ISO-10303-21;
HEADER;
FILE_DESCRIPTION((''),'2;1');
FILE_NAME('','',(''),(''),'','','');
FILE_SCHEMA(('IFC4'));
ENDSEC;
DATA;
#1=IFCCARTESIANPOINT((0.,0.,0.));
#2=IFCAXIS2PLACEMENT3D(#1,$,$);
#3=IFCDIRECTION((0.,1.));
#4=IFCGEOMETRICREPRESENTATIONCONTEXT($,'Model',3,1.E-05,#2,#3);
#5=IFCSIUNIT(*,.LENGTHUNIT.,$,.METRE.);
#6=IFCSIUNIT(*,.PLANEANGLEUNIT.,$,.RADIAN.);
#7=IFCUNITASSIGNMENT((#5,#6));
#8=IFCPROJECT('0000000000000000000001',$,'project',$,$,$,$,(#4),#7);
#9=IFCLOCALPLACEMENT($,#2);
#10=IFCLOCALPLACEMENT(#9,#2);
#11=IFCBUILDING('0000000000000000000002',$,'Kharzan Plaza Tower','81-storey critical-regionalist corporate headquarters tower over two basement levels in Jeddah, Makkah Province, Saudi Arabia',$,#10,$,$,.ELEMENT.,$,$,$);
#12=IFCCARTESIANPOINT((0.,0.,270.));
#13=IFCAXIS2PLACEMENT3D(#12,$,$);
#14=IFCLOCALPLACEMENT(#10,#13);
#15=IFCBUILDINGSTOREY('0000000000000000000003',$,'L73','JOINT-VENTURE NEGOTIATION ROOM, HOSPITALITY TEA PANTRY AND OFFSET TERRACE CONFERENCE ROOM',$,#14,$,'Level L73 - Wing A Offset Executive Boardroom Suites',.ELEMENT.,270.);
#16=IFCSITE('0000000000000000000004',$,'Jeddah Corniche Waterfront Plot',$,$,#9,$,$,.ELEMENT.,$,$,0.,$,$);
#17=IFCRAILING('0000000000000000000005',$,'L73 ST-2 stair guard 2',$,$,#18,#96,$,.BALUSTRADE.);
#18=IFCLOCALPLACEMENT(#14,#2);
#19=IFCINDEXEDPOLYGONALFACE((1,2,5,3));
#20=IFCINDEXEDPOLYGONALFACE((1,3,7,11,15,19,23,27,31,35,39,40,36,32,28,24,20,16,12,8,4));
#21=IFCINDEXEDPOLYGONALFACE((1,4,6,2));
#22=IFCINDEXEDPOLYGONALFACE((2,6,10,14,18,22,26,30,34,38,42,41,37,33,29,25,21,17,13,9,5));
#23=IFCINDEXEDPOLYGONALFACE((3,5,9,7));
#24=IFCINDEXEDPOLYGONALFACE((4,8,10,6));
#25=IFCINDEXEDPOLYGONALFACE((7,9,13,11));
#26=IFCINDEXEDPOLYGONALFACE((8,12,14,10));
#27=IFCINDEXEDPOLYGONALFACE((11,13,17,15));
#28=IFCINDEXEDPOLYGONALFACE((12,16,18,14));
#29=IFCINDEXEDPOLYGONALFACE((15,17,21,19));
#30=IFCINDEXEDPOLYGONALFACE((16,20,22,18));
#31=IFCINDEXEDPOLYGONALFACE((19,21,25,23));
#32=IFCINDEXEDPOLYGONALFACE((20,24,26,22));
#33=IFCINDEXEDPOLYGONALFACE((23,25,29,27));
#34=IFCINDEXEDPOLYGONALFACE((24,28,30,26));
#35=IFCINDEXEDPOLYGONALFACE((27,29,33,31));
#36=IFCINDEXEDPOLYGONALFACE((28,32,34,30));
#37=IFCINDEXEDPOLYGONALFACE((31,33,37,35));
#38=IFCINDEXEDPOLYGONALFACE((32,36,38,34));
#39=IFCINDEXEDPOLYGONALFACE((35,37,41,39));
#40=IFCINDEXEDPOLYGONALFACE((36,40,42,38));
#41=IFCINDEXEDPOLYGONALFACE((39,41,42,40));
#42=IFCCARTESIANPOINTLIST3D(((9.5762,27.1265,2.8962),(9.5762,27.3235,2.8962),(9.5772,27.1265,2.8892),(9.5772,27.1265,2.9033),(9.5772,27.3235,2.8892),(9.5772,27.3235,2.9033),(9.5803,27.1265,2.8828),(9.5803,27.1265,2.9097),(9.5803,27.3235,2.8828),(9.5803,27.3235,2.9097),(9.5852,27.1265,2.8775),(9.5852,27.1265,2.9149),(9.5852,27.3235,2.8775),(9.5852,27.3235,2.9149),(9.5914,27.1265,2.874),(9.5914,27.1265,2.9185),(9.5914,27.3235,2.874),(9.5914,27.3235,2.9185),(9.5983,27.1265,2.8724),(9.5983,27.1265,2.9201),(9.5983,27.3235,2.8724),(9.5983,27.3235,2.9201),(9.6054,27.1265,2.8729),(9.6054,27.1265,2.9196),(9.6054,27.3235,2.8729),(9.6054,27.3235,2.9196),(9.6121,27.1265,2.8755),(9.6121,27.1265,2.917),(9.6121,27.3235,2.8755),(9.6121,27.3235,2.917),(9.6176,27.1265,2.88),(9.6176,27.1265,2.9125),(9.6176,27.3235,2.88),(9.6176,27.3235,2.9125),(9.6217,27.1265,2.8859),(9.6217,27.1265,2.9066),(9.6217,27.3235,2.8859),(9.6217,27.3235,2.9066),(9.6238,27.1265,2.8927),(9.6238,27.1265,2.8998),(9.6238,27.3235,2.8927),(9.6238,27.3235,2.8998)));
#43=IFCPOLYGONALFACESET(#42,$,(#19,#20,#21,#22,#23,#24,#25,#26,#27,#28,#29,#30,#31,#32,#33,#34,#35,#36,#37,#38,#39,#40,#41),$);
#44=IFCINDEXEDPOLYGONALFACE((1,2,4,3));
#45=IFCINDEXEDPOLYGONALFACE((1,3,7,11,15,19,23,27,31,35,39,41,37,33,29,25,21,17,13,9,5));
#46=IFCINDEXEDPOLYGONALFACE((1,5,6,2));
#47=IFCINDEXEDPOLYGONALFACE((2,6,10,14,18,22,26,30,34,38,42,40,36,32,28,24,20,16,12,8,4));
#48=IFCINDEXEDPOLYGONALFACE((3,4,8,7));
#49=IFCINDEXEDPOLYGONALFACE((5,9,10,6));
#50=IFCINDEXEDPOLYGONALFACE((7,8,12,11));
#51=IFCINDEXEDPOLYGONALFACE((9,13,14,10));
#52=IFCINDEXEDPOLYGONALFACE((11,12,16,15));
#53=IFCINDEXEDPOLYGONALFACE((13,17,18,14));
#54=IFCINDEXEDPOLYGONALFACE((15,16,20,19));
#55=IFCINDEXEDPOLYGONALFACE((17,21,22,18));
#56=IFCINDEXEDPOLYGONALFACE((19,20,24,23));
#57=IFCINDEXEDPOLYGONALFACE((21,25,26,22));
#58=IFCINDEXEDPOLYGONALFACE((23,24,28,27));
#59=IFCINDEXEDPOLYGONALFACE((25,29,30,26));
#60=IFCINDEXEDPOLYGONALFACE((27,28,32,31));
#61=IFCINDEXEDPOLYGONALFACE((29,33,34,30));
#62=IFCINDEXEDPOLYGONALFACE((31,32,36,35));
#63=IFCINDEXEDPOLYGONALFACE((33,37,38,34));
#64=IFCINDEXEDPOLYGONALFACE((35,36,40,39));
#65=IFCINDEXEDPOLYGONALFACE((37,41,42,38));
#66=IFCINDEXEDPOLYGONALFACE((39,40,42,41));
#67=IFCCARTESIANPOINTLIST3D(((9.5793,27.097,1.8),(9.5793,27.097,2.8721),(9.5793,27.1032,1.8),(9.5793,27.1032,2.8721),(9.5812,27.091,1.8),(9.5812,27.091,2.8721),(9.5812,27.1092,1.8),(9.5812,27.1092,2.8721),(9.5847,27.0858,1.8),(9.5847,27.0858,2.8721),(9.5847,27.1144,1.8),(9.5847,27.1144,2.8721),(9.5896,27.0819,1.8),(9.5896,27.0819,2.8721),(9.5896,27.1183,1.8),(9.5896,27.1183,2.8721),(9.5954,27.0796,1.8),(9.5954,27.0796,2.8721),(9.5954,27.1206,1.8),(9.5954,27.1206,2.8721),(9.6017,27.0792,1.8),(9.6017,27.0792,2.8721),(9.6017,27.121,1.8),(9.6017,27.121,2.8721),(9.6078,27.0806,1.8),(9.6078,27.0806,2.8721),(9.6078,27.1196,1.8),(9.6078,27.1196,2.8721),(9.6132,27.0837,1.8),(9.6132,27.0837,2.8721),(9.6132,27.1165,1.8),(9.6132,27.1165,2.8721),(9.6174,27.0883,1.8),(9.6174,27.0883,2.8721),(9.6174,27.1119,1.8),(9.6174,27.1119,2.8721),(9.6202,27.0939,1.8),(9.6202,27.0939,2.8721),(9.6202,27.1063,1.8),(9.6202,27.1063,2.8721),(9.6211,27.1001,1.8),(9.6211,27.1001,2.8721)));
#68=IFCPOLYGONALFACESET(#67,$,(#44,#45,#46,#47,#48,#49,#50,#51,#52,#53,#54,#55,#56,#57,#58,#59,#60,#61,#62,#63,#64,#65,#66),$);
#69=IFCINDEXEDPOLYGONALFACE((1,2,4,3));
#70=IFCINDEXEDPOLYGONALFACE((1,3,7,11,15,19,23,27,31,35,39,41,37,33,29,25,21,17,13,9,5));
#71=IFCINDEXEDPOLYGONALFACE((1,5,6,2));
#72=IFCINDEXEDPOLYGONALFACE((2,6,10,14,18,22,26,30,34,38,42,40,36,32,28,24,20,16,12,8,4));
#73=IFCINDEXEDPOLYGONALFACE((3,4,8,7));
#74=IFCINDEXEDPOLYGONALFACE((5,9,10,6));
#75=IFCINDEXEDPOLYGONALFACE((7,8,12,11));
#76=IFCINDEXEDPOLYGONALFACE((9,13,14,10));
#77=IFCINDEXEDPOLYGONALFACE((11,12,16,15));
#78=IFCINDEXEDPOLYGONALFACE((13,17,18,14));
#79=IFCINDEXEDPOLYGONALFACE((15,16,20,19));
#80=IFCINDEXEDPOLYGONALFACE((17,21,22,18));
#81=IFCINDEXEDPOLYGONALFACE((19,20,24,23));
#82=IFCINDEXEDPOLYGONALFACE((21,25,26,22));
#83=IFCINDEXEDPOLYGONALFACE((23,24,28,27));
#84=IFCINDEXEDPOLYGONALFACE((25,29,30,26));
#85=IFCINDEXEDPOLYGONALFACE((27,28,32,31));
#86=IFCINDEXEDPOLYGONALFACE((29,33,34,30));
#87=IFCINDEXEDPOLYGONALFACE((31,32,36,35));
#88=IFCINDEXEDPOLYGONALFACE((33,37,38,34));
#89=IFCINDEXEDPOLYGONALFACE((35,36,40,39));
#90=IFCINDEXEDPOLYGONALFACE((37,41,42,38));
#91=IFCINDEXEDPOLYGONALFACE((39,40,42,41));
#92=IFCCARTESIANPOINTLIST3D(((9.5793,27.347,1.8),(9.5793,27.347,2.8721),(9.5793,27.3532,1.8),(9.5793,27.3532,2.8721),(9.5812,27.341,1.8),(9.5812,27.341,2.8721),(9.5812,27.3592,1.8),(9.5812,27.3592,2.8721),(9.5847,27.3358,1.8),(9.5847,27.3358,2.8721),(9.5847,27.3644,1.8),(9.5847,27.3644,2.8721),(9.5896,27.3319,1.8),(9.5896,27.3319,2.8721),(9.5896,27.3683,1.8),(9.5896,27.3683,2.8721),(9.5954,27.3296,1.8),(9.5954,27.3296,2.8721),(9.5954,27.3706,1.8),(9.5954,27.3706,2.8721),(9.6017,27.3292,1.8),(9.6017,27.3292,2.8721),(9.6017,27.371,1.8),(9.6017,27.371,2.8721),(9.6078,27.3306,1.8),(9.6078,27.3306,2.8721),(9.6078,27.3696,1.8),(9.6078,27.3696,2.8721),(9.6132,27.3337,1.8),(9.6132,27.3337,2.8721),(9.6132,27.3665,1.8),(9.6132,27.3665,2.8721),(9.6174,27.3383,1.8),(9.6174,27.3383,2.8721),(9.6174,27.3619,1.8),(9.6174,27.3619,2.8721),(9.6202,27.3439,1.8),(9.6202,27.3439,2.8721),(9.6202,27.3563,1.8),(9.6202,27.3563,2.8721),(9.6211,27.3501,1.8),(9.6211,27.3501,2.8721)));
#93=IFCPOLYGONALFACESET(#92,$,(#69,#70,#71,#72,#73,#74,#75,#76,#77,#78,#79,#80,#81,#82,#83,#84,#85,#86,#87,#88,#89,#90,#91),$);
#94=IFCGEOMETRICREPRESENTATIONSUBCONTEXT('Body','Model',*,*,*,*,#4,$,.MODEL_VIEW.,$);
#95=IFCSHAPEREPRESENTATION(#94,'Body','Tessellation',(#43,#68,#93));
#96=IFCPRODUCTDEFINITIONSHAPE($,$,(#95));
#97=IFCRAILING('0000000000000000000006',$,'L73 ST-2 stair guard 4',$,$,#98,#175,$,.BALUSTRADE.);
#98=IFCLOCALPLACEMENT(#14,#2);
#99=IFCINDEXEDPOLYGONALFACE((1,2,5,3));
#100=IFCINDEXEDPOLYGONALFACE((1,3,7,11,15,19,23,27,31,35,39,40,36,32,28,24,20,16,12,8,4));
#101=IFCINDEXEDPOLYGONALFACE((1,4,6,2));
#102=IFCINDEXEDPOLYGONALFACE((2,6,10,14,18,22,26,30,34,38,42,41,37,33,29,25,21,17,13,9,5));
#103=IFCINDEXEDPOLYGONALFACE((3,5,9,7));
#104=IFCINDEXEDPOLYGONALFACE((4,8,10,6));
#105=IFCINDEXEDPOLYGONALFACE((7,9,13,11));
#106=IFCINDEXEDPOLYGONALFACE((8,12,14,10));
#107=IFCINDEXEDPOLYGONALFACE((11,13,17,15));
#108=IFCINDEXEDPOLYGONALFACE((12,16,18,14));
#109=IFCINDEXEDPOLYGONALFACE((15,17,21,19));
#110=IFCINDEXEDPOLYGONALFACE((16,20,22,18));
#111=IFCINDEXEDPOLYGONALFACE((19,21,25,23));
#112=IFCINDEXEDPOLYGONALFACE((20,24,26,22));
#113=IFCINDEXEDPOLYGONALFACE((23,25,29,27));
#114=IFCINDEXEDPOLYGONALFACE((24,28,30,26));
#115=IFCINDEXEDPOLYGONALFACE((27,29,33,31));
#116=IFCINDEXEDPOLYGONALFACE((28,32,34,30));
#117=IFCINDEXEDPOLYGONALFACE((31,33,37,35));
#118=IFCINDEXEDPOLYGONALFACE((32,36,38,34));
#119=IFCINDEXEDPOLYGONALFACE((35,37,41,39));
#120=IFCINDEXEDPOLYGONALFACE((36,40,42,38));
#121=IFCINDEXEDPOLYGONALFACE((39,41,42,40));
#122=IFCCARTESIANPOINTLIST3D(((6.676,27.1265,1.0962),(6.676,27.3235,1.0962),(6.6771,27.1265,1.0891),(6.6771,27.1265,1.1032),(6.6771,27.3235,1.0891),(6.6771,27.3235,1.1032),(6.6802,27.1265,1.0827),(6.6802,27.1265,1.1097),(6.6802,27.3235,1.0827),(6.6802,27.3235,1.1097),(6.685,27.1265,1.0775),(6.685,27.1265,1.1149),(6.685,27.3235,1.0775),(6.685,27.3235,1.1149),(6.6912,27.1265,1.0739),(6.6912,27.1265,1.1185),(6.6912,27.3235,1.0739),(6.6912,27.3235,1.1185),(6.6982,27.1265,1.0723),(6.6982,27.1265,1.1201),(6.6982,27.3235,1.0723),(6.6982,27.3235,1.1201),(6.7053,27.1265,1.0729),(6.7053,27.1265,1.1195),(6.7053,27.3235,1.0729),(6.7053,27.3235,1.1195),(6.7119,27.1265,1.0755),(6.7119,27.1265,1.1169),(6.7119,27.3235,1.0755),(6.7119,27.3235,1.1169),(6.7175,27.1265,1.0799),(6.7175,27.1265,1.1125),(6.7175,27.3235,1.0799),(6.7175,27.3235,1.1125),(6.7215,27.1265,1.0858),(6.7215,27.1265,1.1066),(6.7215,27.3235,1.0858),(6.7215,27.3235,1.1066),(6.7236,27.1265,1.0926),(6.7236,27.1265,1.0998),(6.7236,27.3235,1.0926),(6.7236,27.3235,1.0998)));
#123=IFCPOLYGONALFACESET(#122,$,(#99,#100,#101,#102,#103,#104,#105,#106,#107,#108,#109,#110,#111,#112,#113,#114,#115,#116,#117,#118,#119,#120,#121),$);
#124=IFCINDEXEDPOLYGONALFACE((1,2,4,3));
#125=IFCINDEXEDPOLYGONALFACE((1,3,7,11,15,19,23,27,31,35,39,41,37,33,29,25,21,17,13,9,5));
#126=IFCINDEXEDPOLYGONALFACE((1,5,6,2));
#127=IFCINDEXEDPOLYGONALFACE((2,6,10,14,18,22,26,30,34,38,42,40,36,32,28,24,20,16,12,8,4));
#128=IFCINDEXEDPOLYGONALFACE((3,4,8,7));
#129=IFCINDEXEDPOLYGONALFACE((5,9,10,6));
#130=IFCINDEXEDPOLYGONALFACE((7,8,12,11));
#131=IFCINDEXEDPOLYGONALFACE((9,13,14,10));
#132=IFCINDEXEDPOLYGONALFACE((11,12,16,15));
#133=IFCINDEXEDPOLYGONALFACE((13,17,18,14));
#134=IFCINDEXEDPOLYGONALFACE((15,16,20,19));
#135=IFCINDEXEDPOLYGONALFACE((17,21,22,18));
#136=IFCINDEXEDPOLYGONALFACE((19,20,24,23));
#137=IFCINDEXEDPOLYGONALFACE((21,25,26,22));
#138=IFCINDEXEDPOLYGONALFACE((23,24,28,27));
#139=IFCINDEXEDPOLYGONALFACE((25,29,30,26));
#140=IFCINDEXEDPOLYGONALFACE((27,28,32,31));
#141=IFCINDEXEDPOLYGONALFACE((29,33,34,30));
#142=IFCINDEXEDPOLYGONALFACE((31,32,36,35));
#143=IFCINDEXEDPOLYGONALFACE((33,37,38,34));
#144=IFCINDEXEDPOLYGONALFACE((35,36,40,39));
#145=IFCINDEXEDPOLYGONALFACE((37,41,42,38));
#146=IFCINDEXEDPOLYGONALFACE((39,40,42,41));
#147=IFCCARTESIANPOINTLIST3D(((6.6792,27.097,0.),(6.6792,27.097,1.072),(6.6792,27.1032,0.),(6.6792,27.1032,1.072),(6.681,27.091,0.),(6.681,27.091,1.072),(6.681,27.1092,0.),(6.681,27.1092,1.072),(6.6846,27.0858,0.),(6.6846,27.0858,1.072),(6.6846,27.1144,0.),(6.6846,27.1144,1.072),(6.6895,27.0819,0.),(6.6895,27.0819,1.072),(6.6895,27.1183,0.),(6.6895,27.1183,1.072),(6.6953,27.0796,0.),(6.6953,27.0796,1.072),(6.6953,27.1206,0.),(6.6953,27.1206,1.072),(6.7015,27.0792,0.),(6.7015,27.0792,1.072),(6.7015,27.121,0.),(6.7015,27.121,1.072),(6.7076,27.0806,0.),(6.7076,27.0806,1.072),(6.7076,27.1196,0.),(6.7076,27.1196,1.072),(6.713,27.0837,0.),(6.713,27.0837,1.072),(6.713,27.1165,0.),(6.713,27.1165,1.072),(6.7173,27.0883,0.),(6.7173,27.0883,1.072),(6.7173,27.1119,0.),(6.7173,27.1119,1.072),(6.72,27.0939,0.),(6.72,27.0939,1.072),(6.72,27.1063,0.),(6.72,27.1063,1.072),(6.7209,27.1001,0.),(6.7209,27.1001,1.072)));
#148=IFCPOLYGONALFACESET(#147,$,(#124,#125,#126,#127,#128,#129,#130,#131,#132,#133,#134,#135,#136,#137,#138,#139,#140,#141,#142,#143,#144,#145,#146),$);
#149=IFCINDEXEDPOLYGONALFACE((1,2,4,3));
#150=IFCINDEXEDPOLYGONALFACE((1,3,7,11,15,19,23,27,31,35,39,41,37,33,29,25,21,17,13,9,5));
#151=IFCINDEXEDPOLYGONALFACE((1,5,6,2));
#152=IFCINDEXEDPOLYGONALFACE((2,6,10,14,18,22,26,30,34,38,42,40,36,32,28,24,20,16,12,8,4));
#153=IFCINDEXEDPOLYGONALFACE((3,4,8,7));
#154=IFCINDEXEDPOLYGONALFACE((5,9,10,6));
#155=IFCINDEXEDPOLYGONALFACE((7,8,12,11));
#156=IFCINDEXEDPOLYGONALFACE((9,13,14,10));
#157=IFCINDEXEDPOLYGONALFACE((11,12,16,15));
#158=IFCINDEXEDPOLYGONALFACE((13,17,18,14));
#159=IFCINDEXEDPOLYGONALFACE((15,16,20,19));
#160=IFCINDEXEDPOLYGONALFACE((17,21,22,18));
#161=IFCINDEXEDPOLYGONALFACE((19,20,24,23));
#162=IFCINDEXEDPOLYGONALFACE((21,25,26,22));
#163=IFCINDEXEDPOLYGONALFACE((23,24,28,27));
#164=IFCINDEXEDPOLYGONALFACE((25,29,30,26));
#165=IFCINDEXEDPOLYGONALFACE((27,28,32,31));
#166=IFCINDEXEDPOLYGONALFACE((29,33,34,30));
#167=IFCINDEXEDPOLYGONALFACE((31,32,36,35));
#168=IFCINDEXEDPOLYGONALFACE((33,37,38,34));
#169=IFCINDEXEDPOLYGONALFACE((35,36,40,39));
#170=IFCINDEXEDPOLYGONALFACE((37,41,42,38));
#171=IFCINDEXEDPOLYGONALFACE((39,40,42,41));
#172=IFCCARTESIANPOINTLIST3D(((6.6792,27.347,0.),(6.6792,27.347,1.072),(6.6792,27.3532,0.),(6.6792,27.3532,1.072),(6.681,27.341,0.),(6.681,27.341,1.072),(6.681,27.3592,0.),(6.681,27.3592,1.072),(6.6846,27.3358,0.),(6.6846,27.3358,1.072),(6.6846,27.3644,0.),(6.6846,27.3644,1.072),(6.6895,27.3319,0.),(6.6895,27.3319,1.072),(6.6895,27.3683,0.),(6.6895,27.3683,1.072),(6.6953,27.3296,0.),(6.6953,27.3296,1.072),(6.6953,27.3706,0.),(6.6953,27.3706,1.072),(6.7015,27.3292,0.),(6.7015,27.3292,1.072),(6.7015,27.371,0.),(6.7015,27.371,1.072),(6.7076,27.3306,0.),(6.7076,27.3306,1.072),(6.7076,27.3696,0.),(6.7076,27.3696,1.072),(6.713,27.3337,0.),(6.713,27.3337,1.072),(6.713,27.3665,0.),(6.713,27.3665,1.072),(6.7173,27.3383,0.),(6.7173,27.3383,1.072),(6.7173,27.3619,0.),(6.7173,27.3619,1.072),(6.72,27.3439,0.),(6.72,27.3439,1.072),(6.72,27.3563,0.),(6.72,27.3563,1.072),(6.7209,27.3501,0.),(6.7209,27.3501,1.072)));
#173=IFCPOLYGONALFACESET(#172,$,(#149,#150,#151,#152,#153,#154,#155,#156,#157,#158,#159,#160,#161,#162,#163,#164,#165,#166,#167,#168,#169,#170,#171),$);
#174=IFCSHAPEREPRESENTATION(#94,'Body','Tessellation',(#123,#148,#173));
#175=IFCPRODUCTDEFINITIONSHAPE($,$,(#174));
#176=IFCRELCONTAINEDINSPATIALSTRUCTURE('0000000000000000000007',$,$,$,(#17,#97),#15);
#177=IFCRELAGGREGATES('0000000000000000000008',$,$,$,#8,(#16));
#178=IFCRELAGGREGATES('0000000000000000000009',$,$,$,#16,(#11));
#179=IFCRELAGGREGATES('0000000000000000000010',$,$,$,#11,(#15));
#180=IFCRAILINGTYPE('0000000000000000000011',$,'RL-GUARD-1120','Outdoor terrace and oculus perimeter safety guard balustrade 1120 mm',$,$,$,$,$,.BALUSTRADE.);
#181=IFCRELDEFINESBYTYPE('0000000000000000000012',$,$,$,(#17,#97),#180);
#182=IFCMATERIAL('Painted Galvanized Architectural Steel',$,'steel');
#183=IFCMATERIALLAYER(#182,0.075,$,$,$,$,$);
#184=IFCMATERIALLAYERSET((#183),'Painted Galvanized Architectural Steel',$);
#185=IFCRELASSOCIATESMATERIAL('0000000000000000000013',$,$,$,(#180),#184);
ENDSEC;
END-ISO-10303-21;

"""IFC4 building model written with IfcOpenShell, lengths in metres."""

from ifc_helpers import new_model, si_unit, direction, frame, origin, origin_2d, place, context, subcontext, project, spatial, circle, extrude, source, transform, mapped, material, layer, layer_set, type_object, element, save


model = new_model("IFC4")

# Units and contexts
model_context = context("Model", 3, precision=1e-05, world=origin(), true_north=direction((0.0, 1.0)))
body_context = subcontext(model_context, "Body", "Model", "MODEL_VIEW")
ifc_project = project(units=[si_unit("LENGTHUNIT", "METRE"), si_unit("PLANEANGLEUNIT", "RADIAN")], contexts=[model_context])

# Site, building, storey
site_placement = place(None, origin())
site = spatial("IfcSite", under=ifc_project, at=site_placement, Name="Jeddah Corniche Waterfront Plot", CompositionType="ELEMENT", RefElevation=0.0)
building_placement = place(site_placement, origin())
building = spatial("IfcBuilding", under=site, at=building_placement, Name="Kharzan Plaza Tower", Description="81-storey critical-regionalist corporate headquarters tower over two basement levels in Jeddah, Makkah Province, Saudi Arabia", CompositionType="ELEMENT")
storey_placement = place(building_placement, frame((0.0, 0.0, 270.0)))
storey = spatial("IfcBuildingStorey", under=building, at=storey_placement, Name="L73", Description="JOINT-VENTURE NEGOTIATION ROOM, HOSPITALITY TEA PANTRY AND OFFSET TERRACE CONFERENCE ROOM", LongName="Level L73 - Wing A Offset Executive Boardroom Suites", CompositionType="ELEMENT", Elevation=270.0)

# Railings
ifc_material_1 = material(Name="Painted Galvanized Architectural Steel", Category="steel")
ifc_layer_1 = layer(ifc_material_1, 0.075)
ifc_layer_set_1 = layer_set([ifc_layer_1], Name="Painted Galvanized Architectural Steel")
railing_type_1 = type_object("IfcRailingType", Name="RL-GUARD-1120", Description="Outdoor terrace and oculus perimeter safety guard balustrade 1120 mm", PredefinedType="BALUSTRADE", material=ifc_layer_set_1)
shared_shape_1 = source(origin(), body_context, "Body", "SweptSolid", [
    extrude(circle(Radius=0.0239, at=origin_2d()), frame((0.0, 0.0264, 1.0962), z_axis=(0.0, 1.0, 0.0), x_axis=(-1.0, 0.0, 0.0)), (0.0, 0.0, 1.0), 0.197),
    extrude(circle(Radius=0.021, at=origin_2d()), origin(), (0.0, 0.0, 1.0), 1.072),
    extrude(circle(Radius=0.021, at=origin_2d()), frame((0.0, 0.25, 0.0)), (0.0, 0.0, 1.0), 1.072),
])
for number, where, name in (
    (1, (9.6001, 27.1001, 1.8), "L73 ST-2 stair guard 2"),
    (2, (6.7, 27.1001, 0.0), "L73 ST-2 stair guard 4"),
):
    element("IfcRailing", number, at=place(storey_placement, frame(where)), inside=storey, type_object=railing_type_1, Name=name, PredefinedType="BALUSTRADE", context=body_context, shape_type="MappedRepresentation", body=[
        mapped(shared_shape_1, transform((0.0, 0.0, 0.0), x_axis=(1.0, 0.0, 0.0), y_axis=(0.0, 1.0, 0.0), z_axis=(0.0, 0.0, 1.0))),
    ])

save(model, "model.ifc")
